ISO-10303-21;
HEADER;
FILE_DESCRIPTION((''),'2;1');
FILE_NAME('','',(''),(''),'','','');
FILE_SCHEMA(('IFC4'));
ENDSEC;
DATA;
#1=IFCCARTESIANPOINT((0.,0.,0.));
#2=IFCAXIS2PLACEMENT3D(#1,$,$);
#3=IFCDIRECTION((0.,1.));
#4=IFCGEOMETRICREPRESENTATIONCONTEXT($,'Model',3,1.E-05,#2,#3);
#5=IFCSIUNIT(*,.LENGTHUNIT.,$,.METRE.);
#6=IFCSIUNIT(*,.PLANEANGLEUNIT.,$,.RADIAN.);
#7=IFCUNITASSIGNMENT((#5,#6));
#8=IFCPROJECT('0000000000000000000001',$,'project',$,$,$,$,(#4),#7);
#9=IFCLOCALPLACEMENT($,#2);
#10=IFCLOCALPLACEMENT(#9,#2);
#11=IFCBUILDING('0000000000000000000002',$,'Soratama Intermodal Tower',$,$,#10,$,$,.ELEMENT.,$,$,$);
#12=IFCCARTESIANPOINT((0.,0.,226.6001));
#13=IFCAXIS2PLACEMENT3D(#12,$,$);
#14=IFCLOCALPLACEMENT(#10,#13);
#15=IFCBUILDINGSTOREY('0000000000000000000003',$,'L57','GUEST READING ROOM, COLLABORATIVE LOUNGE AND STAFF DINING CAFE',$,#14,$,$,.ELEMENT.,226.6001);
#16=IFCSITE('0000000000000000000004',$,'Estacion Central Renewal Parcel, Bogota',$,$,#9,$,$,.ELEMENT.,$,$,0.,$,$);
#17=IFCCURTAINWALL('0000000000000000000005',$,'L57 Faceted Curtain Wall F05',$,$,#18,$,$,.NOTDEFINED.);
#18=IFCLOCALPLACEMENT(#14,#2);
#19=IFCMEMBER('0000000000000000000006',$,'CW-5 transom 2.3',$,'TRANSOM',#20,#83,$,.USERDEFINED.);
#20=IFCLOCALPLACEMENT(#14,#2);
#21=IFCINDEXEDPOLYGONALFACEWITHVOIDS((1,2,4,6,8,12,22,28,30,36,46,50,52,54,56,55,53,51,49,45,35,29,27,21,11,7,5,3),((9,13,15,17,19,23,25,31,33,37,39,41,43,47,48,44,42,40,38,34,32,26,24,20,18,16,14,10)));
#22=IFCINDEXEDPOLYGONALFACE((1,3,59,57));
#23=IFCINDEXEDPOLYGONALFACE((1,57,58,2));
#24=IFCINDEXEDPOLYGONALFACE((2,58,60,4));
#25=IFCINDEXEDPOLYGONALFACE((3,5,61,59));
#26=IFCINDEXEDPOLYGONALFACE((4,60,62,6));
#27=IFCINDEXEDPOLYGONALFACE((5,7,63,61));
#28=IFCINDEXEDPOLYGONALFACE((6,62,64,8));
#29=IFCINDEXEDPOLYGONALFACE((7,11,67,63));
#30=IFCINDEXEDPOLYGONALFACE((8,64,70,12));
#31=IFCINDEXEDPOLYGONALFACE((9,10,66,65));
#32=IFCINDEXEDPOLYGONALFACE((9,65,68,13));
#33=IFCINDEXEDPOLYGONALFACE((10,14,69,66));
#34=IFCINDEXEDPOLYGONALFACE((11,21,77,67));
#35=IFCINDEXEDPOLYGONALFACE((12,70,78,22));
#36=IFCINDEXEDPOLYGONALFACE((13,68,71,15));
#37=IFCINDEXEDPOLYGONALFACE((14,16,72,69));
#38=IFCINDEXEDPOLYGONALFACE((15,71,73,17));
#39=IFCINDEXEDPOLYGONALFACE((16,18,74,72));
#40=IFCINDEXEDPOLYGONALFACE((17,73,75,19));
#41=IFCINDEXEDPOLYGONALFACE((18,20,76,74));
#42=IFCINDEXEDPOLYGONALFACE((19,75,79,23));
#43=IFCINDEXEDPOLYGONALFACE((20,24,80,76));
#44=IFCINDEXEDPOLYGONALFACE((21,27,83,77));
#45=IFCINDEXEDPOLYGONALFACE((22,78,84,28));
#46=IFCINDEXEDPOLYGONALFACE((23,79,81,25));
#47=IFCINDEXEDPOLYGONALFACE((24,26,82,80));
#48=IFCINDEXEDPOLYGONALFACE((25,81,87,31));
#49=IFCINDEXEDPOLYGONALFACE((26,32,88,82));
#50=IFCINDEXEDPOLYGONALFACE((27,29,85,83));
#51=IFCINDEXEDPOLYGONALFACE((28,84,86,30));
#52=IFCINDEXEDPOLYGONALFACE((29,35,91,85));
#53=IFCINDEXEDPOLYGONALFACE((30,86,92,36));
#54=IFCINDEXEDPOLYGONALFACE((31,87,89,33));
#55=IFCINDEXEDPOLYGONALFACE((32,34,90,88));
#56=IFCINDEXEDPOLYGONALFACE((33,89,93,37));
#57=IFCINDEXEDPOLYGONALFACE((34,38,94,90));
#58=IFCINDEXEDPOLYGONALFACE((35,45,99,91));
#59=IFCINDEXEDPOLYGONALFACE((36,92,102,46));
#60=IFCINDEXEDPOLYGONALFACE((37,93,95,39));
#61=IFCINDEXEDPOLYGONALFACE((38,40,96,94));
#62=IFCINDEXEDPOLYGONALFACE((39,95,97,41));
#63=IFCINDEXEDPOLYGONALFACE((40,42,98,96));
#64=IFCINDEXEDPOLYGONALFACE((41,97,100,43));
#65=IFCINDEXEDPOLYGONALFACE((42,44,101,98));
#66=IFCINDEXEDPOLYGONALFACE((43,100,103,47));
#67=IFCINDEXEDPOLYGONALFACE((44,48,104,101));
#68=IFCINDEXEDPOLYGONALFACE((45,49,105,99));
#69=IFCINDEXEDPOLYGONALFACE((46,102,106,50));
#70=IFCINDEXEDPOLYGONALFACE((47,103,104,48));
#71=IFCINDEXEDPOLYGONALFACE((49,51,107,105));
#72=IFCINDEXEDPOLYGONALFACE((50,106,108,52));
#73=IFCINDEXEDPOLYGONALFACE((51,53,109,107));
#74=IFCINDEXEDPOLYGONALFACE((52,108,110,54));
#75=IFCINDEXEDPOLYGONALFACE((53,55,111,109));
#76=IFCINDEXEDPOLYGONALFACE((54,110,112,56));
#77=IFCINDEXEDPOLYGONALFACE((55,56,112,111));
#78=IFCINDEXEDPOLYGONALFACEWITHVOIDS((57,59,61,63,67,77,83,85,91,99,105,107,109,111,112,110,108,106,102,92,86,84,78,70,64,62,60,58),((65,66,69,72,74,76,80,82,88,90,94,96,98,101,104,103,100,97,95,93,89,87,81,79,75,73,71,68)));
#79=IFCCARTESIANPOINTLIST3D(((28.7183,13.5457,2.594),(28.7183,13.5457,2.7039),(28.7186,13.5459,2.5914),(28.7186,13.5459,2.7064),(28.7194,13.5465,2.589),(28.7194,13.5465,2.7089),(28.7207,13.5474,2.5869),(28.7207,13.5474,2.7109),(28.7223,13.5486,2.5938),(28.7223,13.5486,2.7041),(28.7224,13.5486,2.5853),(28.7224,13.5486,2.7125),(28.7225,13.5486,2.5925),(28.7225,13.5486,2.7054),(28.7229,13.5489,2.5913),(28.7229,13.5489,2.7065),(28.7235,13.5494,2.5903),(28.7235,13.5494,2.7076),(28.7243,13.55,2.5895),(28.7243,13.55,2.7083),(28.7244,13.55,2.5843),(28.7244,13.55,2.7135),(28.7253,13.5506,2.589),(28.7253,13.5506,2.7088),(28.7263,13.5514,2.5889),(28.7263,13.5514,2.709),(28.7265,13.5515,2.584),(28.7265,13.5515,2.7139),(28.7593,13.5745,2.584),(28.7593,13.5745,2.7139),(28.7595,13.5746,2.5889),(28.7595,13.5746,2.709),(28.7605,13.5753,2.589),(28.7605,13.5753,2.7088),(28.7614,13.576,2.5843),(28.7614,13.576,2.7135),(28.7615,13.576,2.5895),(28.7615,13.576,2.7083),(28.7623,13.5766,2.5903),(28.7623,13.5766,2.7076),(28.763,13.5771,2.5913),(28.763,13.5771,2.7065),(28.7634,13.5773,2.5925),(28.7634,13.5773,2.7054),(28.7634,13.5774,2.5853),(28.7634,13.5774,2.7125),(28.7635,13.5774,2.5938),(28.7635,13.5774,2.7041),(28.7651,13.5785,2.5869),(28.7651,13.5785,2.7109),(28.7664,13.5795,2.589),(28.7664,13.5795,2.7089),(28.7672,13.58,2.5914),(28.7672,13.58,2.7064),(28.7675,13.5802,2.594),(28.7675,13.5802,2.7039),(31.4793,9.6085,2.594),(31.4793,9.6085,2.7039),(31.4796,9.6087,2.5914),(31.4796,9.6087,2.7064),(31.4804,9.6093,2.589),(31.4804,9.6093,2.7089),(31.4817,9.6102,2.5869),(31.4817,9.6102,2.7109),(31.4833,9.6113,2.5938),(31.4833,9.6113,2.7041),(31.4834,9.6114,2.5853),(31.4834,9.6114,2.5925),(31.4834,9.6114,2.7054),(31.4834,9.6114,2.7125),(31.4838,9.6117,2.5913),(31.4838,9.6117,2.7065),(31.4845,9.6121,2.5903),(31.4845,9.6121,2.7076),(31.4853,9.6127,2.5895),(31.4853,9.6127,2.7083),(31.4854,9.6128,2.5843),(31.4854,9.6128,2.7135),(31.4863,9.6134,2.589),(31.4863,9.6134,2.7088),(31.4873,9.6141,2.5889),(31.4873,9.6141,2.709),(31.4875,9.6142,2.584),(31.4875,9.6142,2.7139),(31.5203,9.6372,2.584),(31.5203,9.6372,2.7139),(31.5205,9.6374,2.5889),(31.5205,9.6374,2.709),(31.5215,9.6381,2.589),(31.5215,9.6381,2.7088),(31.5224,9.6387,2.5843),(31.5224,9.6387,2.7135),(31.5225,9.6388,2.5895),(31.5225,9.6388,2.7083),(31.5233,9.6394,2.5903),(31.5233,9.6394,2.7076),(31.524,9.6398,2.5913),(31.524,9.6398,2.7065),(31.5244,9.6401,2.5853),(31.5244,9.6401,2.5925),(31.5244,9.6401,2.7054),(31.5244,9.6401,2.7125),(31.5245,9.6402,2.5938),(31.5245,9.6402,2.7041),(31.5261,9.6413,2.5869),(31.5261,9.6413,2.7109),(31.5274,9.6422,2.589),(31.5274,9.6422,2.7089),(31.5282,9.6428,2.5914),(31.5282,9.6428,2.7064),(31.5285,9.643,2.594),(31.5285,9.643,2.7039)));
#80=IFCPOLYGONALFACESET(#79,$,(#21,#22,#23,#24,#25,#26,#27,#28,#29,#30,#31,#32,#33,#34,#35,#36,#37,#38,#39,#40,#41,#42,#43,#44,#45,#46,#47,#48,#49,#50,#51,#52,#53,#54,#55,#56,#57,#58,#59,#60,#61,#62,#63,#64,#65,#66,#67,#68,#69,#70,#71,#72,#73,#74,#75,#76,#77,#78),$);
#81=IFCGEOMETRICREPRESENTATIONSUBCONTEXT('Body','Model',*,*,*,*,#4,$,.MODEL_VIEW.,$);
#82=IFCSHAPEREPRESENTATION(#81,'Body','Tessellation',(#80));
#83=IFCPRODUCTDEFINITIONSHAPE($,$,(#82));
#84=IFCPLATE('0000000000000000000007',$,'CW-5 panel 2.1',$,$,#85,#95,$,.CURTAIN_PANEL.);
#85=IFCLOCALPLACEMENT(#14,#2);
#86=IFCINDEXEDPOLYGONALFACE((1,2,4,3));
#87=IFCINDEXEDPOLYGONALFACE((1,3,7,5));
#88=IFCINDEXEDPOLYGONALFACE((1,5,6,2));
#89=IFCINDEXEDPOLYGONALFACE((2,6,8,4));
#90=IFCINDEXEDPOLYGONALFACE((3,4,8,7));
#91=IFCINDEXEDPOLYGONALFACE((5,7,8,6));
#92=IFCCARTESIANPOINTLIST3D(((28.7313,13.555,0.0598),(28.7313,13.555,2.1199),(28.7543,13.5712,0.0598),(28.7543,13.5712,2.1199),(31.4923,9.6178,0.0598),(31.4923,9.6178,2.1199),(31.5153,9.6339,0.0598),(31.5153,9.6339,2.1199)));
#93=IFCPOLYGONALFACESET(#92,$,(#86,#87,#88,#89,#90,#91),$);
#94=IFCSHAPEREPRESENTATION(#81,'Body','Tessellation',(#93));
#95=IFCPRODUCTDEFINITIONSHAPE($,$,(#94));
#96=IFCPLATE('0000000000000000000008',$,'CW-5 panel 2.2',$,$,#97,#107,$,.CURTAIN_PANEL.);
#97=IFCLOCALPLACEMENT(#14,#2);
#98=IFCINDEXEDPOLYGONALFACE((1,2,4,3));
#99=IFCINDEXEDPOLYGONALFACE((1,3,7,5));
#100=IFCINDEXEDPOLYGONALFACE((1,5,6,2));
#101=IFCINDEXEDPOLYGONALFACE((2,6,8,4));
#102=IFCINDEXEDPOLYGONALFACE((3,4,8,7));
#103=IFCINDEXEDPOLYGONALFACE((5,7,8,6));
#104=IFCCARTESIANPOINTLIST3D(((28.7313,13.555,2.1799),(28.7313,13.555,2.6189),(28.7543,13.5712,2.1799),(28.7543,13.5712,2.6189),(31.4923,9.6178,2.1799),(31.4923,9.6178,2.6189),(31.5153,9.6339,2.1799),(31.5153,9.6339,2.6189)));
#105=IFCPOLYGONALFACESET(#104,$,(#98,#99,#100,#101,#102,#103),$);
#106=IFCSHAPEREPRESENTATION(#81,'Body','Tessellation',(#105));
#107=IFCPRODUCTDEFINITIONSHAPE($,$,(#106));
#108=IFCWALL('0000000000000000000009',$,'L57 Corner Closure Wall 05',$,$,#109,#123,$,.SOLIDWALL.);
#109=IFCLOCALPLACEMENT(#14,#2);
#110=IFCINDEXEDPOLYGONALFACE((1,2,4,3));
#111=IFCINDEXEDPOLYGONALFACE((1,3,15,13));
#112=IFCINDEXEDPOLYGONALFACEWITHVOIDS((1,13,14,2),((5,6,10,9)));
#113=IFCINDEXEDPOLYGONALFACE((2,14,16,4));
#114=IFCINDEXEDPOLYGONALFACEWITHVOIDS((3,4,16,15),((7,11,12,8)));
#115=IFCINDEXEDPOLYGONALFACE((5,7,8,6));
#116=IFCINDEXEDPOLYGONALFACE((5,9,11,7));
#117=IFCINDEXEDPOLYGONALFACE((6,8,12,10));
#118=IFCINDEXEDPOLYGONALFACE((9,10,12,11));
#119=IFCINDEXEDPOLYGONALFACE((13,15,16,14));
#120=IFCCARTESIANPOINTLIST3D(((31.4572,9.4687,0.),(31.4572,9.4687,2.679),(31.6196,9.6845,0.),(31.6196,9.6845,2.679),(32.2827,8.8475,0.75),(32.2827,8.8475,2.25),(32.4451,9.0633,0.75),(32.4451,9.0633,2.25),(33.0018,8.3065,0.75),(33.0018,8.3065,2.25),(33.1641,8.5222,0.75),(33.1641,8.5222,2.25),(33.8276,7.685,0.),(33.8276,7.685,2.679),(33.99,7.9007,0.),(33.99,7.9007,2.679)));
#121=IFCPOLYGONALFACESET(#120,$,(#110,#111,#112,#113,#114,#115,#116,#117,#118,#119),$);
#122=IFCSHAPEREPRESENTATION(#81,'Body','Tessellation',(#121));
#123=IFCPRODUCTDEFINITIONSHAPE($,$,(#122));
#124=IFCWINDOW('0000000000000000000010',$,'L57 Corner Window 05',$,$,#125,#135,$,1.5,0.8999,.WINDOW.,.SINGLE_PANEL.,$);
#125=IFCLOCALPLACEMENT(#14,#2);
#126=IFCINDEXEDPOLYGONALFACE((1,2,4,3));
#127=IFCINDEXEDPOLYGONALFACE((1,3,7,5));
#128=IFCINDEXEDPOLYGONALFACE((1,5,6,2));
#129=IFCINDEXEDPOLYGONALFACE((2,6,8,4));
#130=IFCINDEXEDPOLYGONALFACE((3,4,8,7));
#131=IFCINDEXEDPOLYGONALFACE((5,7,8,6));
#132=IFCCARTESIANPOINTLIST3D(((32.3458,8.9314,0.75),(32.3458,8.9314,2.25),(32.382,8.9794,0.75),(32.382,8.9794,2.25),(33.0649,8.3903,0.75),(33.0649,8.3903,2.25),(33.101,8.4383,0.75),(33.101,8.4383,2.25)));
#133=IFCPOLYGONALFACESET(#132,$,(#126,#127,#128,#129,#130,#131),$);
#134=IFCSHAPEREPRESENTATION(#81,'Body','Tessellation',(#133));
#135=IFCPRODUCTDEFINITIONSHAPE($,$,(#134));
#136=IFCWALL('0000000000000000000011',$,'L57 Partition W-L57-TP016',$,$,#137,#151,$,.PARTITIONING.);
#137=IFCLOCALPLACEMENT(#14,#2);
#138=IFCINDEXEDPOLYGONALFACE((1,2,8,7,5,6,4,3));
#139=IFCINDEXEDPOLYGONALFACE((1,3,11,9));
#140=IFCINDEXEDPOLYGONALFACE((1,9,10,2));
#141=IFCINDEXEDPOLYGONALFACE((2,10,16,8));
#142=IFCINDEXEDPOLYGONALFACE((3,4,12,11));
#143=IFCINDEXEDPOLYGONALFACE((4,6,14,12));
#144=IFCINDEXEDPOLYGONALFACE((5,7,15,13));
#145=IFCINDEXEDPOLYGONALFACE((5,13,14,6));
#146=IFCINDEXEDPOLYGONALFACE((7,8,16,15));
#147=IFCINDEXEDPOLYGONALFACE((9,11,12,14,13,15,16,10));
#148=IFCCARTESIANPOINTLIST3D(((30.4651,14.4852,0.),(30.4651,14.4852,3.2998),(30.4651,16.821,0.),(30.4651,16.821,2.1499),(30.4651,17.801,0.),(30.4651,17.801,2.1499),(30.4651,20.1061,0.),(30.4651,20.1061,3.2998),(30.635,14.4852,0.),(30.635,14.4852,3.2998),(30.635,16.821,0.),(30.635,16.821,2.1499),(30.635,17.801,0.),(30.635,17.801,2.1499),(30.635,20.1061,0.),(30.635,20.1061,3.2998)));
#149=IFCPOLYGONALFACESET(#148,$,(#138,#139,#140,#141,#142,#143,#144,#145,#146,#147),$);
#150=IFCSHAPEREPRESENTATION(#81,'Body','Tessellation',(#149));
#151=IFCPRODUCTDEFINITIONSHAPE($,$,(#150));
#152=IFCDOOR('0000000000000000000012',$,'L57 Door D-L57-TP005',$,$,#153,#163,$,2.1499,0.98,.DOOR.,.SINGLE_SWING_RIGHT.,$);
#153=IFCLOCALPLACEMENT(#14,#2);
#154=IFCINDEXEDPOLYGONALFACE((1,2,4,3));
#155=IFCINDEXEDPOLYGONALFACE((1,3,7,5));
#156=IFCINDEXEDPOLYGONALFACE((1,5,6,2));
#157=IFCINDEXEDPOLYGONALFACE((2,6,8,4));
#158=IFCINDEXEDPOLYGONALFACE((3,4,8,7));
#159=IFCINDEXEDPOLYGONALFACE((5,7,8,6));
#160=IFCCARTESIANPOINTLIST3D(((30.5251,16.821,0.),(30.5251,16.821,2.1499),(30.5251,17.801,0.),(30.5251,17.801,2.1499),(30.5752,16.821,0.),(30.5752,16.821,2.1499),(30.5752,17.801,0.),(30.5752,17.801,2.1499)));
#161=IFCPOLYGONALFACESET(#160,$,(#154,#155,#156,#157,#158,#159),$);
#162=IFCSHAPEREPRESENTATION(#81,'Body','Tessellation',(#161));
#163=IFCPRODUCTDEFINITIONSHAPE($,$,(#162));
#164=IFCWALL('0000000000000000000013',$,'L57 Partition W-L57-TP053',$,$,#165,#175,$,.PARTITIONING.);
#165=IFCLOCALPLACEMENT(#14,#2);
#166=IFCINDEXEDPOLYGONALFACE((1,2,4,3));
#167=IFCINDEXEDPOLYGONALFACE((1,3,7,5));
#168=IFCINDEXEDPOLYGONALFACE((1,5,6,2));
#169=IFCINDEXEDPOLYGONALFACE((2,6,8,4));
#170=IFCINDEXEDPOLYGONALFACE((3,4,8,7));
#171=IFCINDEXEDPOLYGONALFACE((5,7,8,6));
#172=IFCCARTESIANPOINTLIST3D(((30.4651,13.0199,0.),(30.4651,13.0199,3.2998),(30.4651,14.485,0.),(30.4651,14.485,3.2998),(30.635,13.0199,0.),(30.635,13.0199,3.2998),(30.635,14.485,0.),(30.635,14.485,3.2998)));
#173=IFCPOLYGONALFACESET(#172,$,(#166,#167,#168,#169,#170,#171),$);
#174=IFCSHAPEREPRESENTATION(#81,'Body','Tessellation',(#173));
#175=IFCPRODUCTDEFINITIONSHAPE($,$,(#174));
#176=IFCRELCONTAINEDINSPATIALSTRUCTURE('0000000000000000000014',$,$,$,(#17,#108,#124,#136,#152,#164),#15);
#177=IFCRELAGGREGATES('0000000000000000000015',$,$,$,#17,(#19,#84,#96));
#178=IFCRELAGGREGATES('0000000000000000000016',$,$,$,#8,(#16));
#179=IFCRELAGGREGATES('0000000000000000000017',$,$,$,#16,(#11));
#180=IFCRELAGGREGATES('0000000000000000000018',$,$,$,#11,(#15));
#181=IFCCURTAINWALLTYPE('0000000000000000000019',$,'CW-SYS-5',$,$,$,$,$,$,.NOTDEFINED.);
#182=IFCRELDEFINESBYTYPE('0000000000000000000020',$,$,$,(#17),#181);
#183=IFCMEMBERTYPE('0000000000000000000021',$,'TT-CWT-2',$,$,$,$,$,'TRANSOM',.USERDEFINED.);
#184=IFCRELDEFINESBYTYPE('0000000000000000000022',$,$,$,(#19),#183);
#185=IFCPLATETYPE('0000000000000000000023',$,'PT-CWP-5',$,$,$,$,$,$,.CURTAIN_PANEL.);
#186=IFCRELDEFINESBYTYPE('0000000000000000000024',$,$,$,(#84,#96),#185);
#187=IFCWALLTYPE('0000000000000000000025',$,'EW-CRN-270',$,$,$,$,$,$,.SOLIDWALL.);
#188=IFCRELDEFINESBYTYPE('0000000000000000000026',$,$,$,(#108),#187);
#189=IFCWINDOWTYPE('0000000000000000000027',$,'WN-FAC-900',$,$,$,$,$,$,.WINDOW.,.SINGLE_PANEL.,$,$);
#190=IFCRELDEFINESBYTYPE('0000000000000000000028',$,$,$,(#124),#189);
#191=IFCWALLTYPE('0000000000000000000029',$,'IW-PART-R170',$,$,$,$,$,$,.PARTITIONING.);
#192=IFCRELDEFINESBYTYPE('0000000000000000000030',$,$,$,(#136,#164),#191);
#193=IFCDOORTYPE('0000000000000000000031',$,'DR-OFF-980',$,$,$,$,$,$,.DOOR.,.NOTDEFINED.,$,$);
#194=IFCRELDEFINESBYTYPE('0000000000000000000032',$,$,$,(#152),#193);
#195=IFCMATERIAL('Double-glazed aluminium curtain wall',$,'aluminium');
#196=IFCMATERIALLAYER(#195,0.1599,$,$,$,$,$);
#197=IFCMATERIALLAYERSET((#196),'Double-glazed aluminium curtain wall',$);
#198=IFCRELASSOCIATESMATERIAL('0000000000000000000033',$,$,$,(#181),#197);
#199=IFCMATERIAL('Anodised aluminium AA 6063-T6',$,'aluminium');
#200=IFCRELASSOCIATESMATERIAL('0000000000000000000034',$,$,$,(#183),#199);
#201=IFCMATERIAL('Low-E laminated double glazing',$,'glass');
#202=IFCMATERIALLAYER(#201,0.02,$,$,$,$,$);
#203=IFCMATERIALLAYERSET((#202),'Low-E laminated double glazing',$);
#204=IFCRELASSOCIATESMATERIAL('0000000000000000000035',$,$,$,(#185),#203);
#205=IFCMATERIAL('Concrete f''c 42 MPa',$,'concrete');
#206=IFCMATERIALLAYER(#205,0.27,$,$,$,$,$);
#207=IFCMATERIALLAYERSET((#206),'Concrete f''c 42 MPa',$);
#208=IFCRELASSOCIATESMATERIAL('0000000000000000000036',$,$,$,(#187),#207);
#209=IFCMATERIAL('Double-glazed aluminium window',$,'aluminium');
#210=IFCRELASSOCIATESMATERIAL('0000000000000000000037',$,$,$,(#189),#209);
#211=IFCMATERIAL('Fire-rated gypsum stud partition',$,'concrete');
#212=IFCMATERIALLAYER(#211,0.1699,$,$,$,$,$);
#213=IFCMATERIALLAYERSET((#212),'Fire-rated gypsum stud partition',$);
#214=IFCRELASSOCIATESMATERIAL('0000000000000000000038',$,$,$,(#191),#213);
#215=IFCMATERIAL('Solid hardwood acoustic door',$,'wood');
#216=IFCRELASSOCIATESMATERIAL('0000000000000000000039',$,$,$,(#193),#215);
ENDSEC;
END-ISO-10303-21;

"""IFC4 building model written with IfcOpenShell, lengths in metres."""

from ifc_helpers import new_model, si_unit, direction, frame, frame_2d, origin, origin_2d, place, context, subcontext, project, spatial, rectangle, hollow_rectangle, extrude, material, layer, layer_set, material_profile, profile_set, type_object, element, fill, aggregate, save


model = new_model("IFC4")

# Units and contexts
model_context = context("Model", 3, precision=1e-05, world=origin(), true_north=direction((0.0, 1.0)))
body_context = subcontext(model_context, "Body", "Model", "MODEL_VIEW")
ifc_project = project(units=[si_unit("LENGTHUNIT", "METRE"), si_unit("PLANEANGLEUNIT", "RADIAN")], contexts=[model_context])

# Site, building, storey
site_placement = place(None, origin())
site = spatial("IfcSite", under=ifc_project, at=site_placement, Name="Estacion Central Renewal Parcel, Bogota", CompositionType="ELEMENT", RefElevation=0.0)
building_placement = place(site_placement, origin())
building = spatial("IfcBuilding", under=site, at=building_placement, Name="Soratama Intermodal Tower", CompositionType="ELEMENT")
storey_placement = place(building_placement, frame((0.0, 0.0, 226.6001)))
storey = spatial("IfcBuildingStorey", under=building, at=storey_placement, Name="L57", Description="GUEST READING ROOM, COLLABORATIVE LOUNGE AND STAFF DINING CAFE", CompositionType="ELEMENT", Elevation=226.6001)

# Curtain wall, member, plates
ifc_material_1 = material(Name="Double-glazed aluminium curtain wall", Category="aluminium")
ifc_layer_1 = layer(ifc_material_1, 0.1599)
ifc_layer_set_1 = layer_set([ifc_layer_1], Name="Double-glazed aluminium curtain wall")
curtain_wall_type = type_object("IfcCurtainWallType", Name="CW-SYS-5", PredefinedType="NOTDEFINED", material=ifc_layer_set_1)
curtain_wall_placement = place(storey_placement, origin())
curtain_wall = element("IfcCurtainWall", 1, at=curtain_wall_placement, inside=storey, type_object=curtain_wall_type, Name="L57 Faceted Curtain Wall F05", PredefinedType="NOTDEFINED")
ifc_material_2 = material(Name="Anodised aluminium AA 6063-T6", Category="aluminium")
ifc_material_profile_1 = material_profile(ifc_material_2, hollow_rectangle(XDim=0.0601, YDim=0.1299, WallThickness=0.0049, InnerFilletRadius=0.0049, OuterFilletRadius=0.01, at=origin_2d()), Name="CWT130X60X5")
ifc_profile_set_1 = profile_set([ifc_material_profile_1], Name="Anodised aluminium AA 6063-T6")
member_type_1 = type_object("IfcMemberType", Name="TT-CWT-2", ElementType="TRANSOM", PredefinedType="USERDEFINED", material=ifc_profile_set_1)
member_1_placement = place(storey_placement, frame((28.7429, 13.563, 2.6489), z_axis=(0.574147, -0.818752, 0.0), x_axis=(0.818752, 0.574147, 0.0)))
member_1 = element("IfcMember", 2, at=member_1_placement, type_object=member_type_1, Name="CW-5 transom 2.3", ObjectType="TRANSOM", PredefinedType="USERDEFINED", context=body_context, shape_type="SweptSolid", body=[
    extrude(hollow_rectangle(XDim=0.0601, YDim=0.1299, WallThickness=0.0049, InnerFilletRadius=0.0049, OuterFilletRadius=0.01, at=origin_2d()), origin(), (0.0, 0.0, 1.0), 4.8088),
])
ifc_material_3 = material(Name="Low-E laminated double glazing", Category="glass")
ifc_layer_2 = layer(ifc_material_3, 0.02)
ifc_layer_set_2 = layer_set([ifc_layer_2], Name="Low-E laminated double glazing")
plate_type = type_object("IfcPlateType", Name="PT-CWP-5", PredefinedType="CURTAIN_PANEL", material=ifc_layer_set_2)
plate_1_placement = place(storey_placement, frame((30.1233, 11.5945, 0.0598), z_axis=(0.0, 0.0, 1.0), x_axis=(0.57415, -0.81875, 0.0)))
plate_1 = element("IfcPlate", 3, at=plate_1_placement, type_object=plate_type, Name="CW-5 panel 2.1", PredefinedType="CURTAIN_PANEL", context=body_context, shape_type="SweptSolid", body=[
    extrude(rectangle(XDim=4.8088, YDim=0.0281, at=origin_2d()), origin(), (0.0, 0.0, 1.0), 2.0601),
])
plate_2_placement = place(storey_placement, frame((30.1233, 11.5945, 2.1799), z_axis=(0.0, 0.0, 1.0), x_axis=(0.57415, -0.81875, 0.0)))
plate_2 = element("IfcPlate", 4, at=plate_2_placement, type_object=plate_type, Name="CW-5 panel 2.2", PredefinedType="CURTAIN_PANEL", context=body_context, shape_type="SweptSolid", body=[
    extrude(rectangle(XDim=4.8088, YDim=0.0281, at=origin_2d()), origin(), (0.0, 0.0, 1.0), 0.439),
])
aggregate(curtain_wall, [member_1, plate_1, plate_2])

# Wall, opening, window
ifc_material_4 = material(Name="Concrete f'c 42 MPa", Category="concrete")
ifc_layer_3 = layer(ifc_material_4, 0.27)
ifc_layer_set_3 = layer_set([ifc_layer_3], Name="Concrete f'c 42 MPa")
wall_type_1 = type_object("IfcWallType", Name="EW-CRN-270", PredefinedType="SOLIDWALL", material=ifc_layer_set_3)
wall_1_placement = place(storey_placement, frame((31.5383, 9.5767, 0.0), z_axis=(0.0, 0.0, 1.0), x_axis=(0.799041, -0.601277, 0.0)))
wall_1 = element("IfcWall", 5, at=wall_1_placement, inside=storey, type_object=wall_type_1, Name="L57 Corner Closure Wall 05", PredefinedType="SOLIDWALL", context=body_context, shape_type="SweptSolid", body=[
    extrude(rectangle(XDim=2.9666, YDim=0.27, at=frame_2d((1.4834, 0.0))), origin(), (0.0, 0.0, 1.0), 2.679),
])
opening_1_placement = place(wall_1_placement, frame((1.0332, 0.0, 0.75)))
opening_1 = element("IfcOpeningElement", 6, at=opening_1_placement, cuts=wall_1, PredefinedType="OPENING", context=body_context, shape_type="SweptSolid", body=[
    extrude(rectangle(XDim=0.8999, YDim=1.5, at=frame_2d((0.45, 0.75))), frame((0.0, 0.145, 0.0), z_axis=(0.0, -1.0, 0.0), x_axis=(1.0, 0.0, 0.0)), (0.0, 0.0, 1.0), 0.29),
])
ifc_material_5 = material(Name="Double-glazed aluminium window", Category="aluminium")
window_type = type_object("IfcWindowType", Name="WN-FAC-900", PartitioningType="SINGLE_PANEL", PredefinedType="WINDOW", material=ifc_material_5)
window_placement = place(opening_1_placement, origin())
window = element("IfcWindow", 7, at=window_placement, inside=storey, type_object=window_type, Name="L57 Corner Window 05", OverallHeight=1.5, OverallWidth=0.8999, PartitioningType="SINGLE_PANEL", PredefinedType="WINDOW", context=body_context, shape_type="SweptSolid", body=[
    extrude(rectangle(XDim=0.8999, YDim=1.5, at=frame_2d((0.45, 0.75))), frame((0.0, 0.03, 0.0), z_axis=(0.0, -1.0, 0.0), x_axis=(1.0, 0.0, 0.0)), (0.0, 0.0, 1.0), 0.0601),
])
fill(opening_1, window)

# Wall, opening, door
ifc_material_6 = material(Name="Fire-rated gypsum stud partition", Category="concrete")
ifc_layer_4 = layer(ifc_material_6, 0.1699)
ifc_layer_set_4 = layer_set([ifc_layer_4], Name="Fire-rated gypsum stud partition")
wall_type_2 = type_object("IfcWallType", Name="IW-PART-R170", PredefinedType="PARTITIONING", material=ifc_layer_set_4)
wall_2_placement = place(storey_placement, frame((30.55, 14.4851, 0.0), z_axis=(0.0, 0.0, 1.0), x_axis=(0.0, 1.0, 0.0)))
wall_2 = element("IfcWall", 8, at=wall_2_placement, inside=storey, type_object=wall_type_2, Name="L57 Partition W-L57-TP016", PredefinedType="PARTITIONING", context=body_context, shape_type="SweptSolid", body=[
    extrude(rectangle(XDim=5.6208, YDim=0.1699, at=frame_2d((2.8105, 0.0))), origin(), (0.0, 0.0, 1.0), 3.2998),
])
opening_2_placement = place(wall_2_placement, frame((2.3359, 0.0, 0.0)))
opening_2 = element("IfcOpeningElement", 9, at=opening_2_placement, cuts=wall_2, PredefinedType="OPENING", context=body_context, shape_type="SweptSolid", body=[
    extrude(rectangle(XDim=0.98, YDim=2.1499, at=frame_2d((0.49, 1.075))), frame((0.0, 0.095, 0.0), z_axis=(0.0, -1.0, 0.0), x_axis=(1.0, 0.0, 0.0)), (0.0, 0.0, 1.0), 0.1899),
])
ifc_material_7 = material(Name="Solid hardwood acoustic door", Category="wood")
door_type = type_object("IfcDoorType", Name="DR-OFF-980", OperationType="NOTDEFINED", PredefinedType="DOOR", material=ifc_material_7)
door_1_placement = place(opening_2_placement, origin())
door_1 = element("IfcDoor", 10, at=door_1_placement, inside=storey, type_object=door_type, Name="L57 Door D-L57-TP005", OperationType="SINGLE_SWING_RIGHT", OverallHeight=2.1499, OverallWidth=0.98, PredefinedType="DOOR", context=body_context, shape_type="SweptSolid", body=[
    extrude(rectangle(XDim=0.98, YDim=2.1499, at=frame_2d((0.49, 1.075))), frame((0.0, 0.0249, 0.0), z_axis=(0.0, -1.0, 0.0), x_axis=(1.0, 0.0, 0.0)), (0.0, 0.0, 1.0), 0.05),
])
fill(opening_2, door_1)

# Wall
wall_3_placement = place(storey_placement, frame((30.55, 13.02, 0.0), z_axis=(0.0, 0.0, 1.0), x_axis=(0.0, 1.0, 0.0)))
element("IfcWall", 11, at=wall_3_placement, inside=storey, type_object=wall_type_2, Name="L57 Partition W-L57-TP053", PredefinedType="PARTITIONING", context=body_context, shape_type="SweptSolid", body=[
    extrude(rectangle(XDim=1.4651, YDim=0.1699, at=frame_2d((0.7324, 0.0))), origin(), (0.0, 0.0, 1.0), 3.2998),
])

save(model, "model.ifc")
